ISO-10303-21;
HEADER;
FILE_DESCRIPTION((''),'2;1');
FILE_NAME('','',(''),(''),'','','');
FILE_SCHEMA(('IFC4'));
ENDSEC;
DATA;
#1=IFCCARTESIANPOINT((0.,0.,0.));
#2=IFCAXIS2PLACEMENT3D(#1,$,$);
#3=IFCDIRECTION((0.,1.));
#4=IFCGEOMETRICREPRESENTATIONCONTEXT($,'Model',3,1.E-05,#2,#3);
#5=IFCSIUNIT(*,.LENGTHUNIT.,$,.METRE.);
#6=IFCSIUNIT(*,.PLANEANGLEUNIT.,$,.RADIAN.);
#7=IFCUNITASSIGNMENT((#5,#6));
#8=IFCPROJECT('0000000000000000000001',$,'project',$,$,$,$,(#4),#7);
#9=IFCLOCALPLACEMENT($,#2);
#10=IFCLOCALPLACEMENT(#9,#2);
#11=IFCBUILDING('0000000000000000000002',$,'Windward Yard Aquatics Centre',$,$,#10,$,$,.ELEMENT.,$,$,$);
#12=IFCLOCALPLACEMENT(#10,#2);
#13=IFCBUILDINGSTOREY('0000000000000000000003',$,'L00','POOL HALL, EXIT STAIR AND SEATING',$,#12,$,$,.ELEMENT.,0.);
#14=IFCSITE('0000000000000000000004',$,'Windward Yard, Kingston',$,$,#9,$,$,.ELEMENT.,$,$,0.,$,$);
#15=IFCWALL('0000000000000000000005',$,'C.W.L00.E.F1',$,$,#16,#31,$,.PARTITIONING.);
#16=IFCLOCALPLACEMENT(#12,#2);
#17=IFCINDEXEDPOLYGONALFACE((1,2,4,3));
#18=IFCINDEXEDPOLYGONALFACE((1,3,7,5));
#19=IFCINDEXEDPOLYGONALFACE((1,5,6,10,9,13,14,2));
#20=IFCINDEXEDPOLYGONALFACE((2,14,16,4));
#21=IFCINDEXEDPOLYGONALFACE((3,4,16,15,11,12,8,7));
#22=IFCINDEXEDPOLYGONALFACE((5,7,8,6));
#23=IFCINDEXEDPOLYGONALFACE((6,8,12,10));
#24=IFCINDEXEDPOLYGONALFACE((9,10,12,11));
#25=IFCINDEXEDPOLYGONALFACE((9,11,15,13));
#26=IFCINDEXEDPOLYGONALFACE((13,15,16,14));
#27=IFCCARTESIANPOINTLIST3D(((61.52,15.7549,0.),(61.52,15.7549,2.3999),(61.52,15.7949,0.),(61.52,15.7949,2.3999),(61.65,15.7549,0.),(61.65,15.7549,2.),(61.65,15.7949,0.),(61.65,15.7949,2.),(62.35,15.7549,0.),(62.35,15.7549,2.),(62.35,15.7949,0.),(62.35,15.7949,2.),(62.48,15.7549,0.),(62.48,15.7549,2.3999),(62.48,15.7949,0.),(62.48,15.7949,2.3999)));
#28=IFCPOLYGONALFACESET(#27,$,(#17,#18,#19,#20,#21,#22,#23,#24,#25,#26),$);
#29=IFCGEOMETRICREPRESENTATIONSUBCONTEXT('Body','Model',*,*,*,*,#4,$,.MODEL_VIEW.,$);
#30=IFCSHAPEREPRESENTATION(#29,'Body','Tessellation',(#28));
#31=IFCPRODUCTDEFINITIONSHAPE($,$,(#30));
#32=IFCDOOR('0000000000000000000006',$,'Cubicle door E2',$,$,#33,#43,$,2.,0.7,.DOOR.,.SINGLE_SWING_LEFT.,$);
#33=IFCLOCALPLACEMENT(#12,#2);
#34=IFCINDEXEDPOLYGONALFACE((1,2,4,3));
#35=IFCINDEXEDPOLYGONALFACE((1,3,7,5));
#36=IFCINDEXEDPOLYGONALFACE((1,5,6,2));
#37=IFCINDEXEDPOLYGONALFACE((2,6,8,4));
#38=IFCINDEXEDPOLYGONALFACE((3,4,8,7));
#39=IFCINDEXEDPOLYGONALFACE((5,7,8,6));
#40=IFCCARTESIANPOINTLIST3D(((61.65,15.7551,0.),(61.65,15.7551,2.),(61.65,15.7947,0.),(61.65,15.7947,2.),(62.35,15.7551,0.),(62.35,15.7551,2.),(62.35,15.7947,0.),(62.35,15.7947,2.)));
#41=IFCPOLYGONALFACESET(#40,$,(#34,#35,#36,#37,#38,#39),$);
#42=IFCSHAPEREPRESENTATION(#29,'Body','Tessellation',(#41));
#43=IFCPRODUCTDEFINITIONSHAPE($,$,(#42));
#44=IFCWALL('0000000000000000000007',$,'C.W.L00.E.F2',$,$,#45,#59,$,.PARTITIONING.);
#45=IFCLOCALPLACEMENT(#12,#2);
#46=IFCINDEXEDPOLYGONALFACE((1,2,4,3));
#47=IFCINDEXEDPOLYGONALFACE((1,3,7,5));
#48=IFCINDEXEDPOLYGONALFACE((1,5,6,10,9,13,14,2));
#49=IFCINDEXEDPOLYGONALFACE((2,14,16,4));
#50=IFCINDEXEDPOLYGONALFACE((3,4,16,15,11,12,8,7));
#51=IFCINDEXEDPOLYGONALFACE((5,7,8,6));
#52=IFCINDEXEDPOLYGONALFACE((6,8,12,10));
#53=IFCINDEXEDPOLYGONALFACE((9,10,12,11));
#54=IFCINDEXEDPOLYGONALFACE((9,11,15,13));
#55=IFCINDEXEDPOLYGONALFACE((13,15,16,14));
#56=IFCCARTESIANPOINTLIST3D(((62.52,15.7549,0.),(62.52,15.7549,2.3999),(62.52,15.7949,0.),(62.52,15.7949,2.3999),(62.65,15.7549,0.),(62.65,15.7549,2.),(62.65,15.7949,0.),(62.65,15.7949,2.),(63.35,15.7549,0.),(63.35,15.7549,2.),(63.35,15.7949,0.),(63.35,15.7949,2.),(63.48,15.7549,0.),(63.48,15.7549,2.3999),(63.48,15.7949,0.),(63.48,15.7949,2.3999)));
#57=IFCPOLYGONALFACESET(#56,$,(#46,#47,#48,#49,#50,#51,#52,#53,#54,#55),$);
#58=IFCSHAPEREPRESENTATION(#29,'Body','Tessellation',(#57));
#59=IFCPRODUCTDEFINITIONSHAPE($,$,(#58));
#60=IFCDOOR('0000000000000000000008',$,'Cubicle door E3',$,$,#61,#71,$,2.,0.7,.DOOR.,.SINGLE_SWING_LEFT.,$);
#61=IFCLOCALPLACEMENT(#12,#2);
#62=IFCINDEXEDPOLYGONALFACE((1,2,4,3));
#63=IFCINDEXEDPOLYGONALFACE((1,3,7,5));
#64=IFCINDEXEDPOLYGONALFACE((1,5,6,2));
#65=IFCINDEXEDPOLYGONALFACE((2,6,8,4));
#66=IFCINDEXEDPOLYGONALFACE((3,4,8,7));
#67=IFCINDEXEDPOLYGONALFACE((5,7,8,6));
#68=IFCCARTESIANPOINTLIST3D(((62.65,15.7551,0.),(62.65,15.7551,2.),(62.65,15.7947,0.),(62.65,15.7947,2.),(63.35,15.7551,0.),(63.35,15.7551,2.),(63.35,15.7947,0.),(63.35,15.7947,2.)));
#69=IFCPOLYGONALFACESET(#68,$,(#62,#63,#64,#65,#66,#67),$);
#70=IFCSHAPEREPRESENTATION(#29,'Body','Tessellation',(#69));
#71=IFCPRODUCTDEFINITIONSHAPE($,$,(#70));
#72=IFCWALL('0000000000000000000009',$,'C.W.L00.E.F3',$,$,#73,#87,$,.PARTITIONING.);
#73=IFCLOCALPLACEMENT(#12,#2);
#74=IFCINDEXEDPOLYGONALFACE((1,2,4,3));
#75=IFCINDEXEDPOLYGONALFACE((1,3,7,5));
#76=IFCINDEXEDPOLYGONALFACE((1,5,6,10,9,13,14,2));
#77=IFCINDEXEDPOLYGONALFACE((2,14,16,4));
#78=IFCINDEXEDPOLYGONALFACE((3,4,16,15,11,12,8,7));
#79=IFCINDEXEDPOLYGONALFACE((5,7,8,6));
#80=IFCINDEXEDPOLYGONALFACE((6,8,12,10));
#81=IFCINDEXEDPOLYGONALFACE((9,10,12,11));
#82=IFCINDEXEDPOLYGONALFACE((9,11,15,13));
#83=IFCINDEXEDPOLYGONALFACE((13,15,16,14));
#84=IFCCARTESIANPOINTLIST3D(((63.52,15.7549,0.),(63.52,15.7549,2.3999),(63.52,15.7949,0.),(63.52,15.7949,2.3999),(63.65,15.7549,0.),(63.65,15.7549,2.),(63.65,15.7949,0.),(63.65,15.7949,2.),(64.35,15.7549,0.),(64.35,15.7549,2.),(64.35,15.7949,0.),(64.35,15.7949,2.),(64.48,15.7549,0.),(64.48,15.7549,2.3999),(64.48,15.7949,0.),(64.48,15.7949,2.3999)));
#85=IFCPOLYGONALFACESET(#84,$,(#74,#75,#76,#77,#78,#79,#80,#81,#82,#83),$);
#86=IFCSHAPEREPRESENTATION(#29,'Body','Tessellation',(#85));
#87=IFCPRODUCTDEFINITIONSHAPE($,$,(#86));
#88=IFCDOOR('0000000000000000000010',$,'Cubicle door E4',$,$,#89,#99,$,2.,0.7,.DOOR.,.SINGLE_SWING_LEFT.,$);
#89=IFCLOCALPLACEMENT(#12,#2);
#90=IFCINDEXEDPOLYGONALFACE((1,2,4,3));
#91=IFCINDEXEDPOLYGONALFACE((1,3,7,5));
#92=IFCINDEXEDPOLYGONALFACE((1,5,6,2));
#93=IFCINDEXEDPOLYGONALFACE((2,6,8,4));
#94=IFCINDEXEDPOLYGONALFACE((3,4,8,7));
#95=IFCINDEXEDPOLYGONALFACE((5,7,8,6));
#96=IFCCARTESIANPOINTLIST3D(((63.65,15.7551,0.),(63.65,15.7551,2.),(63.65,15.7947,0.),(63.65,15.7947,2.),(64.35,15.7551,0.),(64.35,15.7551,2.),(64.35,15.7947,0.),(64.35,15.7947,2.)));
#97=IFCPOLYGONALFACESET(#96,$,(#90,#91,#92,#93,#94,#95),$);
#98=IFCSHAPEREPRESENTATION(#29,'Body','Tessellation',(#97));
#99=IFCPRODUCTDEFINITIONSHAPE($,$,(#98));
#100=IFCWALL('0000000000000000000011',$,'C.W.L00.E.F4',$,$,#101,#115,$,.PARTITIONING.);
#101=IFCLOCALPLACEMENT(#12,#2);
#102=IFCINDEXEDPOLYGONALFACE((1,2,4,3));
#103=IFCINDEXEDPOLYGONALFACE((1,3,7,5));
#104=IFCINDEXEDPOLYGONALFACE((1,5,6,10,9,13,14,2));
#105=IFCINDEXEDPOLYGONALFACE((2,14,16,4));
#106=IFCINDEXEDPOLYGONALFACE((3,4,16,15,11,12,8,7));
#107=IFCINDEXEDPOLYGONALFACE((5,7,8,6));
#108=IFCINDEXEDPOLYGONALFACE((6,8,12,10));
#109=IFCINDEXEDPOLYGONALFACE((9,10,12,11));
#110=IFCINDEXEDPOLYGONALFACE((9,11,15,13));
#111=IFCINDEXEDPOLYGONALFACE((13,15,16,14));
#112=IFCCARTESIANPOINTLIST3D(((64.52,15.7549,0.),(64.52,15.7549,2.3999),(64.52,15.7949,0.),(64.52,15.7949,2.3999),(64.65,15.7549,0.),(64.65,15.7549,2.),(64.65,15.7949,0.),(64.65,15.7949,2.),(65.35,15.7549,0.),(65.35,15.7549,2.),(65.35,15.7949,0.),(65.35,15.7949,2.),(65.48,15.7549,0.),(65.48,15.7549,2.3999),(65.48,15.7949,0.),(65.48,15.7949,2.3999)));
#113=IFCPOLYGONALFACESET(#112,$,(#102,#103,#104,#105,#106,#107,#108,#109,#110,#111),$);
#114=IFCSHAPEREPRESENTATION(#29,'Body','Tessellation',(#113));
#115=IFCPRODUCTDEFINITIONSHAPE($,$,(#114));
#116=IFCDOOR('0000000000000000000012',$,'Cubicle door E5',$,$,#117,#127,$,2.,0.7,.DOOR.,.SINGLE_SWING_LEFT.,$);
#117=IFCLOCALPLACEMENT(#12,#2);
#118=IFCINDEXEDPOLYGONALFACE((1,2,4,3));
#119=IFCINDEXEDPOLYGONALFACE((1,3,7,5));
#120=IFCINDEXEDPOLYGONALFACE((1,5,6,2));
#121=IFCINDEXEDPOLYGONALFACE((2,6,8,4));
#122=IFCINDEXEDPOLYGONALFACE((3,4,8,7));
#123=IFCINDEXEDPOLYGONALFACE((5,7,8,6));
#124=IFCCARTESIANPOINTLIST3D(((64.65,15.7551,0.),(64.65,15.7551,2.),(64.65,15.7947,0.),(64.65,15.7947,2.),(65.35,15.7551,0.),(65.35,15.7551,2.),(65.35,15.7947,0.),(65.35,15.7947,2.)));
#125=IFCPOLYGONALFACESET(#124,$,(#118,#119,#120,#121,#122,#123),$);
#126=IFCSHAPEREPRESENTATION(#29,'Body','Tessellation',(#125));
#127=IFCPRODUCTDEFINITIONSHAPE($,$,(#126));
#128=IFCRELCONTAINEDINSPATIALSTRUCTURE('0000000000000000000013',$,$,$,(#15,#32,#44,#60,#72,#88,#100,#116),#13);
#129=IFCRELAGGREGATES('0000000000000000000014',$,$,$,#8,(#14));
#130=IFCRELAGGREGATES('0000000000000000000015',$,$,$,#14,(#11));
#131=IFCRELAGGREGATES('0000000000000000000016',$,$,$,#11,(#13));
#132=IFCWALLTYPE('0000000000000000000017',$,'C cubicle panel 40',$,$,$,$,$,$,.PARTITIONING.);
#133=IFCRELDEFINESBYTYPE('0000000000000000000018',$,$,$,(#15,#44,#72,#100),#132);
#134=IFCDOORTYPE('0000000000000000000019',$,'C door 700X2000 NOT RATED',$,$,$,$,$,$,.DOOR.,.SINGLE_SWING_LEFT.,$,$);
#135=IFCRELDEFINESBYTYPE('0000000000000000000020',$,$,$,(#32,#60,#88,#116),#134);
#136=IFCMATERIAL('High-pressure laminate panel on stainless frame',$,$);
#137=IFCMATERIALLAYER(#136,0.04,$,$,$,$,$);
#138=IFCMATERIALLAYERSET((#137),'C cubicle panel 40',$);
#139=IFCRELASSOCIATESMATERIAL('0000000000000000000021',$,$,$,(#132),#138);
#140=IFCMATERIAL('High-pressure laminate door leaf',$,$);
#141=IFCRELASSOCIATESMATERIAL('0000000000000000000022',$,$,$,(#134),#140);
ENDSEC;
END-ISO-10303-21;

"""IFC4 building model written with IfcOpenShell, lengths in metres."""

from ifc_helpers import new_model, si_unit, direction, frame, frame_2d, origin, place, context, subcontext, project, spatial, rectangle, extrude, material, layer, layer_set, type_object, element, fill, save


model = new_model("IFC4")

# Units and contexts
model_context = context("Model", 3, precision=1e-05, world=origin(), true_north=direction((0.0, 1.0)))
body_context = subcontext(model_context, "Body", "Model", "MODEL_VIEW")
ifc_project = project(units=[si_unit("LENGTHUNIT", "METRE"), si_unit("PLANEANGLEUNIT", "RADIAN")], contexts=[model_context])

# Site, building, storey
site_placement = place(None, origin())
site = spatial("IfcSite", under=ifc_project, at=site_placement, Name="Windward Yard, Kingston", CompositionType="ELEMENT", RefElevation=0.0)
building_placement = place(site_placement, origin())
building = spatial("IfcBuilding", under=site, at=building_placement, Name="Windward Yard Aquatics Centre", CompositionType="ELEMENT")
storey_placement = place(building_placement, origin())
storey = spatial("IfcBuildingStorey", under=building, at=storey_placement, Name="L00", Description="POOL HALL, EXIT STAIR AND SEATING", CompositionType="ELEMENT", Elevation=0.0)

# Shared definitions
ifc_material_1 = material(Name="High-pressure laminate panel on stainless frame")
ifc_layer_1 = layer(ifc_material_1, 0.04)
ifc_layer_set_1 = layer_set([ifc_layer_1], Name="C cubicle panel 40")
wall_type_1 = type_object("IfcWallType", Name="C cubicle panel 40", PredefinedType="PARTITIONING", material=ifc_layer_set_1)

# Walls, openings, doors
ifc_material_2 = material(Name="High-pressure laminate door leaf")
door_type = type_object("IfcDoorType", Name="C door 700X2000 NOT RATED", OperationType="SINGLE_SWING_LEFT", PredefinedType="DOOR", material=ifc_material_2)
wall_1_placement = place(storey_placement, frame((61.52, 15.7749, 0.0), z_axis=(0.0, 0.0, 1.0), x_axis=(1.0, 0.0, 0.0)))
wall_1 = element("IfcWall", 1, at=wall_1_placement, inside=storey, type_object=wall_type_1, Name="C.W.L00.E.F1", PredefinedType="PARTITIONING", context=body_context, shape_type="SweptSolid", body=[
    extrude(rectangle(XDim=0.96, YDim=0.04, at=frame_2d((0.48, 0.0))), origin(), (0.0, 0.0, 1.0), 2.3999),
])
opening_1_placement = place(wall_1_placement, frame((0.1299, 0.0, 0.0)))
opening_1 = element("IfcOpeningElement", 2, at=opening_1_placement, cuts=wall_1, PredefinedType="OPENING", context=body_context, shape_type="SweptSolid", body=[
    extrude(rectangle(XDim=0.7, YDim=2.0, at=frame_2d((0.3501, 1.0))), frame((0.0, 0.03, 0.0), z_axis=(0.0, -1.0, 0.0), x_axis=(1.0, 0.0, 0.0)), (0.0, 0.0, 1.0), 0.0601),
])
door_1_placement = place(opening_1_placement, origin())
door_1 = element("IfcDoor", 3, at=door_1_placement, inside=storey, type_object=door_type, Name="Cubicle door E2", OperationType="SINGLE_SWING_LEFT", OverallHeight=2.0, OverallWidth=0.7, PredefinedType="DOOR", context=body_context, shape_type="SweptSolid", body=[
    extrude(rectangle(XDim=0.7, YDim=2.0, at=frame_2d((0.3501, 1.0))), frame((0.0, 0.0198, 0.0), z_axis=(0.0, -1.0, 0.0), x_axis=(1.0, 0.0, 0.0)), (0.0, 0.0, 1.0), 0.0396),
])
fill(opening_1, door_1)
wall_2_placement = place(storey_placement, frame((62.52, 15.7749, 0.0), z_axis=(0.0, 0.0, 1.0), x_axis=(1.0, 0.0, 0.0)))
wall_2 = element("IfcWall", 4, at=wall_2_placement, inside=storey, type_object=wall_type_1, Name="C.W.L00.E.F2", PredefinedType="PARTITIONING", context=body_context, shape_type="SweptSolid", body=[
    extrude(rectangle(XDim=0.96, YDim=0.04, at=frame_2d((0.48, 0.0))), origin(), (0.0, 0.0, 1.0), 2.3999),
])
opening_2_placement = place(wall_2_placement, frame((0.1299, 0.0, 0.0)))
opening_2 = element("IfcOpeningElement", 5, at=opening_2_placement, cuts=wall_2, PredefinedType="OPENING", context=body_context, shape_type="SweptSolid", body=[
    extrude(rectangle(XDim=0.7, YDim=2.0, at=frame_2d((0.3501, 1.0))), frame((0.0, 0.03, 0.0), z_axis=(0.0, -1.0, 0.0), x_axis=(1.0, 0.0, 0.0)), (0.0, 0.0, 1.0), 0.0601),
])
door_2_placement = place(opening_2_placement, origin())
door_2 = element("IfcDoor", 6, at=door_2_placement, inside=storey, type_object=door_type, Name="Cubicle door E3", OperationType="SINGLE_SWING_LEFT", OverallHeight=2.0, OverallWidth=0.7, PredefinedType="DOOR", context=body_context, shape_type="SweptSolid", body=[
    extrude(rectangle(XDim=0.7, YDim=2.0, at=frame_2d((0.3501, 1.0))), frame((0.0, 0.0198, 0.0), z_axis=(0.0, -1.0, 0.0), x_axis=(1.0, 0.0, 0.0)), (0.0, 0.0, 1.0), 0.0396),
])
fill(opening_2, door_2)
wall_3_placement = place(storey_placement, frame((63.52, 15.7749, 0.0), z_axis=(0.0, 0.0, 1.0), x_axis=(1.0, 0.0, 0.0)))
wall_3 = element("IfcWall", 7, at=wall_3_placement, inside=storey, type_object=wall_type_1, Name="C.W.L00.E.F3", PredefinedType="PARTITIONING", context=body_context, shape_type="SweptSolid", body=[
    extrude(rectangle(XDim=0.96, YDim=0.04, at=frame_2d((0.48, 0.0))), origin(), (0.0, 0.0, 1.0), 2.3999),
])
opening_3_placement = place(wall_3_placement, frame((0.1299, 0.0, 0.0)))
opening_3 = element("IfcOpeningElement", 8, at=opening_3_placement, cuts=wall_3, PredefinedType="OPENING", context=body_context, shape_type="SweptSolid", body=[
    extrude(rectangle(XDim=0.7, YDim=2.0, at=frame_2d((0.3501, 1.0))), frame((0.0, 0.03, 0.0), z_axis=(0.0, -1.0, 0.0), x_axis=(1.0, 0.0, 0.0)), (0.0, 0.0, 1.0), 0.0601),
])
door_3_placement = place(opening_3_placement, origin())
door_3 = element("IfcDoor", 9, at=door_3_placement, inside=storey, type_object=door_type, Name="Cubicle door E4", OperationType="SINGLE_SWING_LEFT", OverallHeight=2.0, OverallWidth=0.7, PredefinedType="DOOR", context=body_context, shape_type="SweptSolid", body=[
    extrude(rectangle(XDim=0.7, YDim=2.0, at=frame_2d((0.3501, 1.0))), frame((0.0, 0.0198, 0.0), z_axis=(0.0, -1.0, 0.0), x_axis=(1.0, 0.0, 0.0)), (0.0, 0.0, 1.0), 0.0396),
])
fill(opening_3, door_3)
wall_4_placement = place(storey_placement, frame((64.52, 15.7749, 0.0), z_axis=(0.0, 0.0, 1.0), x_axis=(1.0, 0.0, 0.0)))
wall_4 = element("IfcWall", 10, at=wall_4_placement, inside=storey, type_object=wall_type_1, Name="C.W.L00.E.F4", PredefinedType="PARTITIONING", context=body_context, shape_type="SweptSolid", body=[
    extrude(rectangle(XDim=0.96, YDim=0.04, at=frame_2d((0.48, 0.0))), origin(), (0.0, 0.0, 1.0), 2.3999),
])
opening_4_placement = place(wall_4_placement, frame((0.1299, 0.0, 0.0)))
opening_4 = element("IfcOpeningElement", 11, at=opening_4_placement, cuts=wall_4, PredefinedType="OPENING", context=body_context, shape_type="SweptSolid", body=[
    extrude(rectangle(XDim=0.7, YDim=2.0, at=frame_2d((0.3501, 1.0))), frame((0.0, 0.03, 0.0), z_axis=(0.0, -1.0, 0.0), x_axis=(1.0, 0.0, 0.0)), (0.0, 0.0, 1.0), 0.0601),
])
door_4_placement = place(opening_4_placement, origin())
door_4 = element("IfcDoor", 12, at=door_4_placement, inside=storey, type_object=door_type, Name="Cubicle door E5", OperationType="SINGLE_SWING_LEFT", OverallHeight=2.0, OverallWidth=0.7, PredefinedType="DOOR", context=body_context, shape_type="SweptSolid", body=[
    extrude(rectangle(XDim=0.7, YDim=2.0, at=frame_2d((0.3501, 1.0))), frame((0.0, 0.0198, 0.0), z_axis=(0.0, -1.0, 0.0), x_axis=(1.0, 0.0, 0.0)), (0.0, 0.0, 1.0), 0.0396),
])
fill(opening_4, door_4)

save(model, "model.ifc")
